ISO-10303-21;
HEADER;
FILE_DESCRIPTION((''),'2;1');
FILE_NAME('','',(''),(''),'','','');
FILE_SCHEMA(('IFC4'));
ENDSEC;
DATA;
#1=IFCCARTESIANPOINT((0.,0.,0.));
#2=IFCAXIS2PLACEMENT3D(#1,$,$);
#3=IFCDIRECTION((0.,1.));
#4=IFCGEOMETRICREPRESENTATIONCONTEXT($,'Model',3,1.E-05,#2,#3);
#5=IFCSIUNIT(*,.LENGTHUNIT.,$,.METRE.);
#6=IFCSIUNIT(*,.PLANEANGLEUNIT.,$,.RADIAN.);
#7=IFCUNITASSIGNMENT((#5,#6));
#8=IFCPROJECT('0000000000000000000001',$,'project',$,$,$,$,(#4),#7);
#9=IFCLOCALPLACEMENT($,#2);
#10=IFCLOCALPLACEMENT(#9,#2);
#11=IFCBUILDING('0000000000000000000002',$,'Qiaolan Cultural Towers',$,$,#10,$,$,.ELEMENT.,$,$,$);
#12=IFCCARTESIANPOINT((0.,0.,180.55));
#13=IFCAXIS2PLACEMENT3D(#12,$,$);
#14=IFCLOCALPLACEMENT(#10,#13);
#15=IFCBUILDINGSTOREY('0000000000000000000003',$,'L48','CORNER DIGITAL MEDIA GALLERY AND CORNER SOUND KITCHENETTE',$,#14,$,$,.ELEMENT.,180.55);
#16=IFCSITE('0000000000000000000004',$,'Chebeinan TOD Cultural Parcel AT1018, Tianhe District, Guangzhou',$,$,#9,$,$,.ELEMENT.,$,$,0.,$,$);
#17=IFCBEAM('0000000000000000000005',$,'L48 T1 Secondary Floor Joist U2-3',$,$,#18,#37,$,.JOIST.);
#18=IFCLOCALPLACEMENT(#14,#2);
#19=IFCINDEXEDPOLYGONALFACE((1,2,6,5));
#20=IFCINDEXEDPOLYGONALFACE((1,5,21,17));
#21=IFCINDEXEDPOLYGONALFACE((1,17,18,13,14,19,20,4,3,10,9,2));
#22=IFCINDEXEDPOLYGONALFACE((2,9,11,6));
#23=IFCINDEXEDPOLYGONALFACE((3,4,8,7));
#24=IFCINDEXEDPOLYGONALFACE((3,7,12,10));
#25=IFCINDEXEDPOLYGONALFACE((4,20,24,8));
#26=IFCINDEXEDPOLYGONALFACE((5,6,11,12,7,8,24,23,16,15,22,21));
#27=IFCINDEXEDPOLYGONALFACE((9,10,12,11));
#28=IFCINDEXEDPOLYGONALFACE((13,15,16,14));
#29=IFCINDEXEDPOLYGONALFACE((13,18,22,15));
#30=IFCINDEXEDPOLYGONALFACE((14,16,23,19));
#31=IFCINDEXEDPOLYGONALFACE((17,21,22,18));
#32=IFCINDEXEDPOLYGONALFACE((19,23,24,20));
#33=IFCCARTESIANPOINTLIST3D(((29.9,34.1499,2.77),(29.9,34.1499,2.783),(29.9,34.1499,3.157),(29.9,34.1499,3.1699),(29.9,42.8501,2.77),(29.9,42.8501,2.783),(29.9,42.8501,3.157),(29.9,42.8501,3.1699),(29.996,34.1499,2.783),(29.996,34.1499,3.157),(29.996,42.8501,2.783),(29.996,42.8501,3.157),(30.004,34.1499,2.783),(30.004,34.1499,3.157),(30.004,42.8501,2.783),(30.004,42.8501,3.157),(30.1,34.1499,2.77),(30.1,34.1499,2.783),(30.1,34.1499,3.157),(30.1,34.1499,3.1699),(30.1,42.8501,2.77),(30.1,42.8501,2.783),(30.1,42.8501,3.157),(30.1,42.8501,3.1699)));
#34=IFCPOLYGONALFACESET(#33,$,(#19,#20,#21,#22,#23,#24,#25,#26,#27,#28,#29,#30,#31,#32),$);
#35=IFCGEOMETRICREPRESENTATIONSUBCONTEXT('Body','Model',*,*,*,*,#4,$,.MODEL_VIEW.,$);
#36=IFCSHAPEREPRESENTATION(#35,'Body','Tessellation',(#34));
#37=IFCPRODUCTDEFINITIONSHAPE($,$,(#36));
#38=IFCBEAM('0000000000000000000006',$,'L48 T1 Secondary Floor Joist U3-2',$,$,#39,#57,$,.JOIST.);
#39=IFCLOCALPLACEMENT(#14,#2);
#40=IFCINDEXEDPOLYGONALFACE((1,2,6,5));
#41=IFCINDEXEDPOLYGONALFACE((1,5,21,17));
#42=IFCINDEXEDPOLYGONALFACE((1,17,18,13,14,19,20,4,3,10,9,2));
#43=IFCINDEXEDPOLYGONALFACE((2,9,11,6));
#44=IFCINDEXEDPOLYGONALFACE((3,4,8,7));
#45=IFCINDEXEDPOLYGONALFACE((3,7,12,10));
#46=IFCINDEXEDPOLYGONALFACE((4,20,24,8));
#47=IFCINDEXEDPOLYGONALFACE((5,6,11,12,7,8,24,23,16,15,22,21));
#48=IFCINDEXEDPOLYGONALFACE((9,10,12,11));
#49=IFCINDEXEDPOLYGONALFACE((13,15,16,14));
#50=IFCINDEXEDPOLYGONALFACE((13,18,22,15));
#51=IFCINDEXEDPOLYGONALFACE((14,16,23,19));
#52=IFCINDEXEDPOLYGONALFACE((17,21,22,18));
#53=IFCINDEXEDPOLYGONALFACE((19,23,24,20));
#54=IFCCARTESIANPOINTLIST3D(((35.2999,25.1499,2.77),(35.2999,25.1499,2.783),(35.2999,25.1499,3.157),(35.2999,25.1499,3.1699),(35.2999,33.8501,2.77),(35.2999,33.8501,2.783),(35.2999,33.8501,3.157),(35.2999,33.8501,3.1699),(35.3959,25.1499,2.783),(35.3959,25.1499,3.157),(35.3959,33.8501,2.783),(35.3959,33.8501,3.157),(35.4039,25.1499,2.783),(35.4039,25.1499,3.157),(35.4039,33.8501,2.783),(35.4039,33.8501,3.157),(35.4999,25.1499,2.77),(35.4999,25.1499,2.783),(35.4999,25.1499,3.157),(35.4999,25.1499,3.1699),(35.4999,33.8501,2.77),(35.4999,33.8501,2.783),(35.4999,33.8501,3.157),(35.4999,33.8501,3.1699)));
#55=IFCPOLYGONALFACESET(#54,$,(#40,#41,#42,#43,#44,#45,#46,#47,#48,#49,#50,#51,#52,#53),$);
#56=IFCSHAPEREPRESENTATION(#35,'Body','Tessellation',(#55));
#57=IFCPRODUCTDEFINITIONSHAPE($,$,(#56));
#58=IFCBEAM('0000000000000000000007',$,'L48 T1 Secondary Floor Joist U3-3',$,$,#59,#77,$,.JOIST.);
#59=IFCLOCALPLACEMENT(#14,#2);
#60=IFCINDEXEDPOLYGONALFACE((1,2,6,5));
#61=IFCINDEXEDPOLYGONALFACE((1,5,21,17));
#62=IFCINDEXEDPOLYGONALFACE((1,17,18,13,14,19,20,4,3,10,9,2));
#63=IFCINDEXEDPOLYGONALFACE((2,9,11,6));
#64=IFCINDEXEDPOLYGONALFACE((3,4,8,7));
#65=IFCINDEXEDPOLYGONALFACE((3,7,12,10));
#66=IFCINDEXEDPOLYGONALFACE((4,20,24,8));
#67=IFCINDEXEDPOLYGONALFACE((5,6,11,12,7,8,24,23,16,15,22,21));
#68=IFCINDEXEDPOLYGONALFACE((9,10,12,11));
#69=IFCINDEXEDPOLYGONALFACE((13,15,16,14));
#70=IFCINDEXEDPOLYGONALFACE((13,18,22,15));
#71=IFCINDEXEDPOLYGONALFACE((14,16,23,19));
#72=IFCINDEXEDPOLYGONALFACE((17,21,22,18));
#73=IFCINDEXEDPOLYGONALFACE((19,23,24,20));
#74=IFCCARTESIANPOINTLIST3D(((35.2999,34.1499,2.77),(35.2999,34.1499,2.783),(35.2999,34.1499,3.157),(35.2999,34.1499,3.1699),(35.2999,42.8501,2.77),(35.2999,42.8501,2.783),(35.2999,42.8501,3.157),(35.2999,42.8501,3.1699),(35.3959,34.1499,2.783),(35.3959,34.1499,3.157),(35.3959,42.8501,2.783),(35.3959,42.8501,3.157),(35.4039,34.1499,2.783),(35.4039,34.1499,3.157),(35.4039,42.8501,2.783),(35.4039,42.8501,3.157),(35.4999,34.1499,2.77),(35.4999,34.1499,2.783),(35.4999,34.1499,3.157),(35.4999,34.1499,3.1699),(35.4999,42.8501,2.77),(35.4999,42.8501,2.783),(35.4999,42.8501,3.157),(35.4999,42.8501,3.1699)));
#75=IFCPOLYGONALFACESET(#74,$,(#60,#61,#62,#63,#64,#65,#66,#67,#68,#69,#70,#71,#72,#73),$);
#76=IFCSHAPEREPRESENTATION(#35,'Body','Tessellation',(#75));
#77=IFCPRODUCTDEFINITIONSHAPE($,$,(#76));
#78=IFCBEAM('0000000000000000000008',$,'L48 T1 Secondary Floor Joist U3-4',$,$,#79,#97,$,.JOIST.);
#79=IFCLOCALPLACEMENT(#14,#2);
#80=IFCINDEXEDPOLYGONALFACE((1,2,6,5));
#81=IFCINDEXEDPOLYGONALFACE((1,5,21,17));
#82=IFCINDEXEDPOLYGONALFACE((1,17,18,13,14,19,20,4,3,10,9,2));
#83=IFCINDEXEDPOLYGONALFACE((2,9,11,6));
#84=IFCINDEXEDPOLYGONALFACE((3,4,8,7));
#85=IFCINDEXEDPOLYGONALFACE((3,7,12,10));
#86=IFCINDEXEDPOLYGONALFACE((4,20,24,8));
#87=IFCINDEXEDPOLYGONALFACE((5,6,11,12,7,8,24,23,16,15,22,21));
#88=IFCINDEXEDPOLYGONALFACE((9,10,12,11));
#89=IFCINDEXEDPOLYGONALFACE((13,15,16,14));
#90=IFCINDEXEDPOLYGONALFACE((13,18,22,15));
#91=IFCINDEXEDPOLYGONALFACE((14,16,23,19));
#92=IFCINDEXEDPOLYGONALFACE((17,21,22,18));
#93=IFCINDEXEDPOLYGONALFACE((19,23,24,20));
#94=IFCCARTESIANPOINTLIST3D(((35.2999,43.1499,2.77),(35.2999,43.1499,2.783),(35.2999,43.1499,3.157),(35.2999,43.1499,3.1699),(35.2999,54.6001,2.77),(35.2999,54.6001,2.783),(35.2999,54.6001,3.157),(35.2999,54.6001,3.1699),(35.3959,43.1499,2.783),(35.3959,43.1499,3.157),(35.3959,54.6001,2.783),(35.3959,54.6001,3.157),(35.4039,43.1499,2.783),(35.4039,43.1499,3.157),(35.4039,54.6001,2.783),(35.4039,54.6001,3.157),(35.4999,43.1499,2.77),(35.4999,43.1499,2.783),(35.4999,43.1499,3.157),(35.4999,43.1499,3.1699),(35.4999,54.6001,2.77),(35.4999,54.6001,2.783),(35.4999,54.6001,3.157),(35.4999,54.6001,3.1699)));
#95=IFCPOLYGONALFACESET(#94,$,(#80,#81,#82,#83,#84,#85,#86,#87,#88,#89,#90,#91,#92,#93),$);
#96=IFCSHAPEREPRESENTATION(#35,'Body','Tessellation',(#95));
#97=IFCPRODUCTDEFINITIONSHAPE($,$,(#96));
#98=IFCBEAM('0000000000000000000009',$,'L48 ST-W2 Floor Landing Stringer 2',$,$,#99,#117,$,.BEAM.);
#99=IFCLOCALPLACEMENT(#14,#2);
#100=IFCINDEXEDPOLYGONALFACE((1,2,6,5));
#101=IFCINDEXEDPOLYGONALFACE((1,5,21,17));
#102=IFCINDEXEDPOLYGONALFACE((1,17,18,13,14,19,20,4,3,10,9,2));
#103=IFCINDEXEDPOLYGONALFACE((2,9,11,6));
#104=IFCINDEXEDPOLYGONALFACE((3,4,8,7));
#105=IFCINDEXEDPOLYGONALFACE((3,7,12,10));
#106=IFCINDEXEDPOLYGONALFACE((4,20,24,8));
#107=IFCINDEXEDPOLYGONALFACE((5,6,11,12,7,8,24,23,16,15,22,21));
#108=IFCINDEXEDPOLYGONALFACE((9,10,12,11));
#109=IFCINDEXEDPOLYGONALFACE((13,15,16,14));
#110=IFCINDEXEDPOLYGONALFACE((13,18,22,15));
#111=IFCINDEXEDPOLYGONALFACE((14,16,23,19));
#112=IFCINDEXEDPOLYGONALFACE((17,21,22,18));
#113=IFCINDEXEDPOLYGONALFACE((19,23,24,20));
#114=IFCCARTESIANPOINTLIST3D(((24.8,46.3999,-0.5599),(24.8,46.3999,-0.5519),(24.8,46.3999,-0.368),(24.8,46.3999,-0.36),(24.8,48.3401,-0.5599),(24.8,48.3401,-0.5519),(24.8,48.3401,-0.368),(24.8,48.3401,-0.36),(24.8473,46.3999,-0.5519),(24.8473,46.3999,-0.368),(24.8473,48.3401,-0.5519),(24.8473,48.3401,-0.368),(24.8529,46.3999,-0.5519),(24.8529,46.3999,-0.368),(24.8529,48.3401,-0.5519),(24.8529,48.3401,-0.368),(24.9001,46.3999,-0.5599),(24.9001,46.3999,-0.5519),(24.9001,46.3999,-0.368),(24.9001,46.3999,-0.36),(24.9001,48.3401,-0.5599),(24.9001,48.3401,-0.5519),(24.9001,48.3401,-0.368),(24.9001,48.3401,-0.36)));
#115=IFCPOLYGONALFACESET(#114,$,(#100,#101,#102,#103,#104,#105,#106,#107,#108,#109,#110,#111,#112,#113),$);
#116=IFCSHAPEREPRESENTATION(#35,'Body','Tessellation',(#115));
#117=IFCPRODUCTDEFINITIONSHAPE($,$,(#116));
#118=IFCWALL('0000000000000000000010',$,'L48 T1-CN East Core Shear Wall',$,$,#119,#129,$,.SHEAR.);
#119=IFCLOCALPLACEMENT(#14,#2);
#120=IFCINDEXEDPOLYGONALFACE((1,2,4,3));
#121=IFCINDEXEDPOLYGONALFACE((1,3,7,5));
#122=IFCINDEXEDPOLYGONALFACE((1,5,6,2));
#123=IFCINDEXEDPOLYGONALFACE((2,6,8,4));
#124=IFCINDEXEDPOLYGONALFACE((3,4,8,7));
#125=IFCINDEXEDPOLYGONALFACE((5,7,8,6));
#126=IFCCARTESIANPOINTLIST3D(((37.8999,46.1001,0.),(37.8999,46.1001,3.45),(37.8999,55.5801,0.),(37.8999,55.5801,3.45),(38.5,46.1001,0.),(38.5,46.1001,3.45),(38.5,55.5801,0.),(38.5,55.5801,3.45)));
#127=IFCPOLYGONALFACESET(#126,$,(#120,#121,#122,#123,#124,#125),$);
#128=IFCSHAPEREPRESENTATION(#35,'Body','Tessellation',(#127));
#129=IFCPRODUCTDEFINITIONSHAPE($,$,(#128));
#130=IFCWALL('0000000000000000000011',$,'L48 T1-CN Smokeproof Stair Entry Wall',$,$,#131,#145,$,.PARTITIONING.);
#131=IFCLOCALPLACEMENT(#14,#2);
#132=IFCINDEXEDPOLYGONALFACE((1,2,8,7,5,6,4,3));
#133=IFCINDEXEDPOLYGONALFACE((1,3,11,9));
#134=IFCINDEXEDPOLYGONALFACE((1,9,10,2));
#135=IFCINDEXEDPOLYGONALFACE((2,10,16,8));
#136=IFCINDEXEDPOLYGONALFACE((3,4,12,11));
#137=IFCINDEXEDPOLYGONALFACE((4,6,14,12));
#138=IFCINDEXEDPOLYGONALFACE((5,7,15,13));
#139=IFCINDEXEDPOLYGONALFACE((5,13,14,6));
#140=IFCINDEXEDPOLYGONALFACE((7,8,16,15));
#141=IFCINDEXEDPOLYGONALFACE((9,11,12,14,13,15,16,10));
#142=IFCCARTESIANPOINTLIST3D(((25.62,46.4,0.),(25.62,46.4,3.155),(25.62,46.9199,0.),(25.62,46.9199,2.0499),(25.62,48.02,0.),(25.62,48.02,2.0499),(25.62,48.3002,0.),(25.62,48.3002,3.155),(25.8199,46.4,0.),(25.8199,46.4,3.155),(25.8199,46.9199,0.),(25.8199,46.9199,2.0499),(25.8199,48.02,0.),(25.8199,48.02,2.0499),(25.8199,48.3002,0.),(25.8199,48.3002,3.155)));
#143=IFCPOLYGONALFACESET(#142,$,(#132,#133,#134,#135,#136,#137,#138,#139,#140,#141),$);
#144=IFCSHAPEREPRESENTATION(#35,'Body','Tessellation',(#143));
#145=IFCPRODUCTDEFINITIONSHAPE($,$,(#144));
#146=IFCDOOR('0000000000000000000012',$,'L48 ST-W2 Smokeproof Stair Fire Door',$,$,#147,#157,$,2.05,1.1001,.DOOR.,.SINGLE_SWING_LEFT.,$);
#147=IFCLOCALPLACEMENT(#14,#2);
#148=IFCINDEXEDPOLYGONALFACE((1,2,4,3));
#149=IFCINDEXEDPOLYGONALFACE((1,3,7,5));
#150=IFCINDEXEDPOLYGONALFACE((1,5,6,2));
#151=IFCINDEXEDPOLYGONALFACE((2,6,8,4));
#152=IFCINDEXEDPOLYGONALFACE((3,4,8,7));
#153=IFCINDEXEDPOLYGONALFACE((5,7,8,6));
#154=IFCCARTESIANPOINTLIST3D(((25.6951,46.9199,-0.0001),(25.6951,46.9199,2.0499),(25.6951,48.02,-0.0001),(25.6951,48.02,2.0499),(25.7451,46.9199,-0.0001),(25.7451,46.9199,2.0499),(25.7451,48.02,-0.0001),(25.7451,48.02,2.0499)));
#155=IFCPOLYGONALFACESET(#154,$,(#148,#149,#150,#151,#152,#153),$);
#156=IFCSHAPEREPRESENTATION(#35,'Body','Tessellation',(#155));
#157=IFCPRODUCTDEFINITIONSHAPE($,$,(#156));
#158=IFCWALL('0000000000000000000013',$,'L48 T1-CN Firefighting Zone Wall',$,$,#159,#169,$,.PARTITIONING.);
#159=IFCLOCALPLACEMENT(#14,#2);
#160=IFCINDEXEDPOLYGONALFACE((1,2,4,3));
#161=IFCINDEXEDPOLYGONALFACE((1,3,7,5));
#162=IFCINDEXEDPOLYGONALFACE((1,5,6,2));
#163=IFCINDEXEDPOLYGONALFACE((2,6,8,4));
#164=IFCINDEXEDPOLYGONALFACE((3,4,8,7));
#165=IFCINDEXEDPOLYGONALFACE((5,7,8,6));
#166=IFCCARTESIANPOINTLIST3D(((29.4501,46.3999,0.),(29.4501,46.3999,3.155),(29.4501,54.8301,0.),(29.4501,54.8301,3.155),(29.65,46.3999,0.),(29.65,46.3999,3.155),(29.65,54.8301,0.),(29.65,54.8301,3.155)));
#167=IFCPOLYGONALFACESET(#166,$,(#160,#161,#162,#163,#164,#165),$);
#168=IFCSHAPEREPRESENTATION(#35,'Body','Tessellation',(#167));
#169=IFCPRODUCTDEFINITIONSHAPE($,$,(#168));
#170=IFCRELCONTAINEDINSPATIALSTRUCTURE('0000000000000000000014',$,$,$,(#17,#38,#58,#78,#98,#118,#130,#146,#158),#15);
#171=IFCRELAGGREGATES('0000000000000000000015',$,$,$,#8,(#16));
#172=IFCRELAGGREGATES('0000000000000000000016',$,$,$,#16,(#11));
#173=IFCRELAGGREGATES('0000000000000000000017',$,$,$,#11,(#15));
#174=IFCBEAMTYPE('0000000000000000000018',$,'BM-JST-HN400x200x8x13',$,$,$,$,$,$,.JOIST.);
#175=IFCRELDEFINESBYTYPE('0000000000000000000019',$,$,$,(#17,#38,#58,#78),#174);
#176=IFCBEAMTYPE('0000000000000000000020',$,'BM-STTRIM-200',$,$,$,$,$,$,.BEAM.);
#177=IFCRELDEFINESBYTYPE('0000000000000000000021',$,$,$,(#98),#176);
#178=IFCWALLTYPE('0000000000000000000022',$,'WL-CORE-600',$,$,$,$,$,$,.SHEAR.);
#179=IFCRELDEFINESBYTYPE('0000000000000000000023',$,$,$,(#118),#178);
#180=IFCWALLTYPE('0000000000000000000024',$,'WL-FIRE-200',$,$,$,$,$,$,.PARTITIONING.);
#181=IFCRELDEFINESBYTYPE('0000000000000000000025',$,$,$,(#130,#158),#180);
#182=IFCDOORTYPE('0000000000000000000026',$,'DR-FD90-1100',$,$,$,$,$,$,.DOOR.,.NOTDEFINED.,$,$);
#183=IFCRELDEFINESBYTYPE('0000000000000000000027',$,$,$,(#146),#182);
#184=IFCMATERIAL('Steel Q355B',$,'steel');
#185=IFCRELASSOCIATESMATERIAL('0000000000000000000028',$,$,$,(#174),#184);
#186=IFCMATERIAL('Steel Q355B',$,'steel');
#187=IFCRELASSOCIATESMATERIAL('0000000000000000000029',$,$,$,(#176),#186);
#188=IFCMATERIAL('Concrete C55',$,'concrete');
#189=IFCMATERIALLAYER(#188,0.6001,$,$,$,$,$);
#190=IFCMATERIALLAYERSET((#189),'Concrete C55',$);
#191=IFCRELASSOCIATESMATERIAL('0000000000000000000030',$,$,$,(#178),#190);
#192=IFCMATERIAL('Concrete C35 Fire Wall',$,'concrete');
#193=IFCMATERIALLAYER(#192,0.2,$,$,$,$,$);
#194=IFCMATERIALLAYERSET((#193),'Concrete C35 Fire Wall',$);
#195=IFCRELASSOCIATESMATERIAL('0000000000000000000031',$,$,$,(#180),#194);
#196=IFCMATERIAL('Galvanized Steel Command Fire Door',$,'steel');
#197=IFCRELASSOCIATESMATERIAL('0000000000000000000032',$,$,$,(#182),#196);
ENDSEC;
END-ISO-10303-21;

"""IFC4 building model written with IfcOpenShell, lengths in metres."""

from ifc_helpers import new_model, si_unit, direction, frame, frame_2d, origin, origin_2d, place, context, subcontext, project, spatial, rectangle, i_section, extrude, material, layer, layer_set, material_profile, profile_set, type_object, element, fill, save


model = new_model("IFC4")

# Units and contexts
model_context = context("Model", 3, precision=1e-05, world=origin(), true_north=direction((0.0, 1.0)))
body_context = subcontext(model_context, "Body", "Model", "MODEL_VIEW")
ifc_project = project(units=[si_unit("LENGTHUNIT", "METRE"), si_unit("PLANEANGLEUNIT", "RADIAN")], contexts=[model_context])

# Site, building, storey
site_placement = place(None, origin())
site = spatial("IfcSite", under=ifc_project, at=site_placement, Name="Chebeinan TOD Cultural Parcel AT1018, Tianhe District, Guangzhou", CompositionType="ELEMENT", RefElevation=0.0)
building_placement = place(site_placement, origin())
building = spatial("IfcBuilding", under=site, at=building_placement, Name="Qiaolan Cultural Towers", CompositionType="ELEMENT")
storey_placement = place(building_placement, frame((0.0, 0.0, 180.55)))
storey = spatial("IfcBuildingStorey", under=building, at=storey_placement, Name="L48", Description="CORNER DIGITAL MEDIA GALLERY AND CORNER SOUND KITCHENETTE", CompositionType="ELEMENT", Elevation=180.55)

# Beams
ifc_material_1 = material(Name="Steel Q355B", Category="steel")
ifc_material_profile_1 = material_profile(ifc_material_1, i_section(OverallWidth=0.2, OverallDepth=0.3999, WebThickness=0.0081, FlangeThickness=0.0129, at=origin_2d()), Name="HN400x200x8x13")
ifc_profile_set_1 = profile_set([ifc_material_profile_1], Name="Steel Q355B")
beam_type_1 = type_object("IfcBeamType", Name="BM-JST-HN400x200x8x13", PredefinedType="JOIST", material=ifc_profile_set_1)
for number, where, z_axis, x_axis, name in (
    (1, (30.0, 34.1499, 2.97), (0.0, 1.0, 0.0), (-1.0, 0.0, 0.0), "L48 T1 Secondary Floor Joist U2-3"),
    (2, (35.3999, 25.1499, 2.97), (0.0, 1.0, 0.0), (-1.0, 0.0, 0.0), "L48 T1 Secondary Floor Joist U3-2"),
    (3, (35.3999, 34.1499, 2.97), (0.0, 1.0, 0.0), (-1.0, 0.0, 0.0), "L48 T1 Secondary Floor Joist U3-3"),
):
    element("IfcBeam", number, at=place(storey_placement, frame(where, z_axis=z_axis, x_axis=x_axis)), inside=storey, type_object=beam_type_1, Name=name, PredefinedType="JOIST", context=body_context, shape_type="SweptSolid", body=[
        extrude(i_section(OverallWidth=0.2, OverallDepth=0.3999, WebThickness=0.0081, FlangeThickness=0.0129, at=origin_2d()), origin(), (0.0, 0.0, 1.0), 8.7002),
    ])
beam_1_placement = place(storey_placement, frame((35.3999, 43.1499, 2.97), z_axis=(0.0, 1.0, 0.0), x_axis=(-1.0, 0.0, 0.0)))
element("IfcBeam", 4, at=beam_1_placement, inside=storey, type_object=beam_type_1, Name="L48 T1 Secondary Floor Joist U3-4", PredefinedType="JOIST", context=body_context, shape_type="SweptSolid", body=[
    extrude(i_section(OverallWidth=0.2, OverallDepth=0.3999, WebThickness=0.0081, FlangeThickness=0.0129, at=origin_2d()), origin(), (0.0, 0.0, 1.0), 11.4502),
])
ifc_material_2 = material(Name="Steel Q355B", Category="steel")
ifc_material_profile_2 = material_profile(ifc_material_2, i_section(OverallWidth=0.1001, OverallDepth=0.2, WebThickness=0.0056, FlangeThickness=0.0081, at=origin_2d()), Name="HN200x100x5.5x8")
ifc_profile_set_2 = profile_set([ifc_material_profile_2], Name="Steel Q355B")
beam_type_2 = type_object("IfcBeamType", Name="BM-STTRIM-200", PredefinedType="BEAM", material=ifc_profile_set_2)
beam_2_placement = place(storey_placement, frame((24.8501, 46.3999, -0.46), z_axis=(0.0, 1.0, 0.0), x_axis=(-1.0, 0.0, 0.0)))
element("IfcBeam", 5, at=beam_2_placement, inside=storey, type_object=beam_type_2, Name="L48 ST-W2 Floor Landing Stringer 2", PredefinedType="BEAM", context=body_context, shape_type="SweptSolid", body=[
    extrude(i_section(OverallWidth=0.1001, OverallDepth=0.2, WebThickness=0.0056, FlangeThickness=0.0081, at=origin_2d()), origin(), (0.0, 0.0, 1.0), 1.9402),
])

# Wall
ifc_material_3 = material(Name="Concrete C55", Category="concrete")
ifc_layer_1 = layer(ifc_material_3, 0.6001)
ifc_layer_set_1 = layer_set([ifc_layer_1], Name="Concrete C55")
wall_type_1 = type_object("IfcWallType", Name="WL-CORE-600", PredefinedType="SHEAR", material=ifc_layer_set_1)
wall_1_placement = place(storey_placement, frame((38.2, 46.1001, 0.0), z_axis=(0.0, 0.0, 1.0), x_axis=(0.0, 1.0, 0.0)))
element("IfcWall", 6, at=wall_1_placement, inside=storey, type_object=wall_type_1, Name="L48 T1-CN East Core Shear Wall", PredefinedType="SHEAR", context=body_context, shape_type="SweptSolid", body=[
    extrude(rectangle(XDim=9.48, YDim=0.6001, at=frame_2d((4.74, 0.0))), origin(), (0.0, 0.0, 1.0), 3.45),
])

# Wall, opening, door
ifc_material_4 = material(Name="Concrete C35 Fire Wall", Category="concrete")
ifc_layer_2 = layer(ifc_material_4, 0.2)
ifc_layer_set_2 = layer_set([ifc_layer_2], Name="Concrete C35 Fire Wall")
wall_type_2 = type_object("IfcWallType", Name="WL-FIRE-200", PredefinedType="PARTITIONING", material=ifc_layer_set_2)
wall_2_placement = place(storey_placement, frame((25.72, 46.3999, 0.0), z_axis=(0.0, 0.0, 1.0), x_axis=(0.0, 1.0, 0.0)))
wall_2 = element("IfcWall", 7, at=wall_2_placement, inside=storey, type_object=wall_type_2, Name="L48 T1-CN Smokeproof Stair Entry Wall", PredefinedType="PARTITIONING", context=body_context, shape_type="SweptSolid", body=[
    extrude(rectangle(XDim=1.9001, YDim=0.2, at=frame_2d((0.9502, 0.0))), origin(), (0.0, 0.0, 1.0), 3.155),
])
opening_1_placement = place(wall_2_placement, frame((0.52, 0.0, 0.0)))
opening_1 = element("IfcOpeningElement", 8, at=opening_1_placement, cuts=wall_2, PredefinedType="OPENING", context=body_context, shape_type="SweptSolid", body=[
    extrude(rectangle(XDim=1.1001, YDim=2.05, at=frame_2d((0.55, 1.0249))), frame((0.0, 0.1099, 0.0), z_axis=(0.0, -1.0, 0.0), x_axis=(1.0, 0.0, 0.0)), (0.0, 0.0, 1.0), 0.22),
])
ifc_material_5 = material(Name="Galvanized Steel Command Fire Door", Category="steel")
door_type_1 = type_object("IfcDoorType", Name="DR-FD90-1100", OperationType="NOTDEFINED", PredefinedType="DOOR", material=ifc_material_5)
door_1_placement = place(opening_1_placement, origin())
door_1 = element("IfcDoor", 9, at=door_1_placement, inside=storey, type_object=door_type_1, Name="L48 ST-W2 Smokeproof Stair Fire Door", OperationType="SINGLE_SWING_LEFT", OverallHeight=2.05, OverallWidth=1.1001, PredefinedType="DOOR", context=body_context, shape_type="SweptSolid", body=[
    extrude(rectangle(XDim=1.1001, YDim=2.05, at=frame_2d((0.55, 1.0249))), frame((0.0, 0.0249, 0.0), z_axis=(0.0, -1.0, 0.0), x_axis=(1.0, 0.0, 0.0)), (0.0, 0.0, 1.0), 0.05),
])
fill(opening_1, door_1)

# Wall
wall_3_placement = place(storey_placement, frame((29.55, 46.3999, 0.0), z_axis=(0.0, 0.0, 1.0), x_axis=(0.0, 1.0, 0.0)))
element("IfcWall", 10, at=wall_3_placement, inside=storey, type_object=wall_type_2, Name="L48 T1-CN Firefighting Zone Wall", PredefinedType="PARTITIONING", context=body_context, shape_type="SweptSolid", body=[
    extrude(rectangle(XDim=8.4302, YDim=0.2, at=frame_2d((4.2151, 0.0))), origin(), (0.0, 0.0, 1.0), 3.155),
])

save(model, "model.ifc")
